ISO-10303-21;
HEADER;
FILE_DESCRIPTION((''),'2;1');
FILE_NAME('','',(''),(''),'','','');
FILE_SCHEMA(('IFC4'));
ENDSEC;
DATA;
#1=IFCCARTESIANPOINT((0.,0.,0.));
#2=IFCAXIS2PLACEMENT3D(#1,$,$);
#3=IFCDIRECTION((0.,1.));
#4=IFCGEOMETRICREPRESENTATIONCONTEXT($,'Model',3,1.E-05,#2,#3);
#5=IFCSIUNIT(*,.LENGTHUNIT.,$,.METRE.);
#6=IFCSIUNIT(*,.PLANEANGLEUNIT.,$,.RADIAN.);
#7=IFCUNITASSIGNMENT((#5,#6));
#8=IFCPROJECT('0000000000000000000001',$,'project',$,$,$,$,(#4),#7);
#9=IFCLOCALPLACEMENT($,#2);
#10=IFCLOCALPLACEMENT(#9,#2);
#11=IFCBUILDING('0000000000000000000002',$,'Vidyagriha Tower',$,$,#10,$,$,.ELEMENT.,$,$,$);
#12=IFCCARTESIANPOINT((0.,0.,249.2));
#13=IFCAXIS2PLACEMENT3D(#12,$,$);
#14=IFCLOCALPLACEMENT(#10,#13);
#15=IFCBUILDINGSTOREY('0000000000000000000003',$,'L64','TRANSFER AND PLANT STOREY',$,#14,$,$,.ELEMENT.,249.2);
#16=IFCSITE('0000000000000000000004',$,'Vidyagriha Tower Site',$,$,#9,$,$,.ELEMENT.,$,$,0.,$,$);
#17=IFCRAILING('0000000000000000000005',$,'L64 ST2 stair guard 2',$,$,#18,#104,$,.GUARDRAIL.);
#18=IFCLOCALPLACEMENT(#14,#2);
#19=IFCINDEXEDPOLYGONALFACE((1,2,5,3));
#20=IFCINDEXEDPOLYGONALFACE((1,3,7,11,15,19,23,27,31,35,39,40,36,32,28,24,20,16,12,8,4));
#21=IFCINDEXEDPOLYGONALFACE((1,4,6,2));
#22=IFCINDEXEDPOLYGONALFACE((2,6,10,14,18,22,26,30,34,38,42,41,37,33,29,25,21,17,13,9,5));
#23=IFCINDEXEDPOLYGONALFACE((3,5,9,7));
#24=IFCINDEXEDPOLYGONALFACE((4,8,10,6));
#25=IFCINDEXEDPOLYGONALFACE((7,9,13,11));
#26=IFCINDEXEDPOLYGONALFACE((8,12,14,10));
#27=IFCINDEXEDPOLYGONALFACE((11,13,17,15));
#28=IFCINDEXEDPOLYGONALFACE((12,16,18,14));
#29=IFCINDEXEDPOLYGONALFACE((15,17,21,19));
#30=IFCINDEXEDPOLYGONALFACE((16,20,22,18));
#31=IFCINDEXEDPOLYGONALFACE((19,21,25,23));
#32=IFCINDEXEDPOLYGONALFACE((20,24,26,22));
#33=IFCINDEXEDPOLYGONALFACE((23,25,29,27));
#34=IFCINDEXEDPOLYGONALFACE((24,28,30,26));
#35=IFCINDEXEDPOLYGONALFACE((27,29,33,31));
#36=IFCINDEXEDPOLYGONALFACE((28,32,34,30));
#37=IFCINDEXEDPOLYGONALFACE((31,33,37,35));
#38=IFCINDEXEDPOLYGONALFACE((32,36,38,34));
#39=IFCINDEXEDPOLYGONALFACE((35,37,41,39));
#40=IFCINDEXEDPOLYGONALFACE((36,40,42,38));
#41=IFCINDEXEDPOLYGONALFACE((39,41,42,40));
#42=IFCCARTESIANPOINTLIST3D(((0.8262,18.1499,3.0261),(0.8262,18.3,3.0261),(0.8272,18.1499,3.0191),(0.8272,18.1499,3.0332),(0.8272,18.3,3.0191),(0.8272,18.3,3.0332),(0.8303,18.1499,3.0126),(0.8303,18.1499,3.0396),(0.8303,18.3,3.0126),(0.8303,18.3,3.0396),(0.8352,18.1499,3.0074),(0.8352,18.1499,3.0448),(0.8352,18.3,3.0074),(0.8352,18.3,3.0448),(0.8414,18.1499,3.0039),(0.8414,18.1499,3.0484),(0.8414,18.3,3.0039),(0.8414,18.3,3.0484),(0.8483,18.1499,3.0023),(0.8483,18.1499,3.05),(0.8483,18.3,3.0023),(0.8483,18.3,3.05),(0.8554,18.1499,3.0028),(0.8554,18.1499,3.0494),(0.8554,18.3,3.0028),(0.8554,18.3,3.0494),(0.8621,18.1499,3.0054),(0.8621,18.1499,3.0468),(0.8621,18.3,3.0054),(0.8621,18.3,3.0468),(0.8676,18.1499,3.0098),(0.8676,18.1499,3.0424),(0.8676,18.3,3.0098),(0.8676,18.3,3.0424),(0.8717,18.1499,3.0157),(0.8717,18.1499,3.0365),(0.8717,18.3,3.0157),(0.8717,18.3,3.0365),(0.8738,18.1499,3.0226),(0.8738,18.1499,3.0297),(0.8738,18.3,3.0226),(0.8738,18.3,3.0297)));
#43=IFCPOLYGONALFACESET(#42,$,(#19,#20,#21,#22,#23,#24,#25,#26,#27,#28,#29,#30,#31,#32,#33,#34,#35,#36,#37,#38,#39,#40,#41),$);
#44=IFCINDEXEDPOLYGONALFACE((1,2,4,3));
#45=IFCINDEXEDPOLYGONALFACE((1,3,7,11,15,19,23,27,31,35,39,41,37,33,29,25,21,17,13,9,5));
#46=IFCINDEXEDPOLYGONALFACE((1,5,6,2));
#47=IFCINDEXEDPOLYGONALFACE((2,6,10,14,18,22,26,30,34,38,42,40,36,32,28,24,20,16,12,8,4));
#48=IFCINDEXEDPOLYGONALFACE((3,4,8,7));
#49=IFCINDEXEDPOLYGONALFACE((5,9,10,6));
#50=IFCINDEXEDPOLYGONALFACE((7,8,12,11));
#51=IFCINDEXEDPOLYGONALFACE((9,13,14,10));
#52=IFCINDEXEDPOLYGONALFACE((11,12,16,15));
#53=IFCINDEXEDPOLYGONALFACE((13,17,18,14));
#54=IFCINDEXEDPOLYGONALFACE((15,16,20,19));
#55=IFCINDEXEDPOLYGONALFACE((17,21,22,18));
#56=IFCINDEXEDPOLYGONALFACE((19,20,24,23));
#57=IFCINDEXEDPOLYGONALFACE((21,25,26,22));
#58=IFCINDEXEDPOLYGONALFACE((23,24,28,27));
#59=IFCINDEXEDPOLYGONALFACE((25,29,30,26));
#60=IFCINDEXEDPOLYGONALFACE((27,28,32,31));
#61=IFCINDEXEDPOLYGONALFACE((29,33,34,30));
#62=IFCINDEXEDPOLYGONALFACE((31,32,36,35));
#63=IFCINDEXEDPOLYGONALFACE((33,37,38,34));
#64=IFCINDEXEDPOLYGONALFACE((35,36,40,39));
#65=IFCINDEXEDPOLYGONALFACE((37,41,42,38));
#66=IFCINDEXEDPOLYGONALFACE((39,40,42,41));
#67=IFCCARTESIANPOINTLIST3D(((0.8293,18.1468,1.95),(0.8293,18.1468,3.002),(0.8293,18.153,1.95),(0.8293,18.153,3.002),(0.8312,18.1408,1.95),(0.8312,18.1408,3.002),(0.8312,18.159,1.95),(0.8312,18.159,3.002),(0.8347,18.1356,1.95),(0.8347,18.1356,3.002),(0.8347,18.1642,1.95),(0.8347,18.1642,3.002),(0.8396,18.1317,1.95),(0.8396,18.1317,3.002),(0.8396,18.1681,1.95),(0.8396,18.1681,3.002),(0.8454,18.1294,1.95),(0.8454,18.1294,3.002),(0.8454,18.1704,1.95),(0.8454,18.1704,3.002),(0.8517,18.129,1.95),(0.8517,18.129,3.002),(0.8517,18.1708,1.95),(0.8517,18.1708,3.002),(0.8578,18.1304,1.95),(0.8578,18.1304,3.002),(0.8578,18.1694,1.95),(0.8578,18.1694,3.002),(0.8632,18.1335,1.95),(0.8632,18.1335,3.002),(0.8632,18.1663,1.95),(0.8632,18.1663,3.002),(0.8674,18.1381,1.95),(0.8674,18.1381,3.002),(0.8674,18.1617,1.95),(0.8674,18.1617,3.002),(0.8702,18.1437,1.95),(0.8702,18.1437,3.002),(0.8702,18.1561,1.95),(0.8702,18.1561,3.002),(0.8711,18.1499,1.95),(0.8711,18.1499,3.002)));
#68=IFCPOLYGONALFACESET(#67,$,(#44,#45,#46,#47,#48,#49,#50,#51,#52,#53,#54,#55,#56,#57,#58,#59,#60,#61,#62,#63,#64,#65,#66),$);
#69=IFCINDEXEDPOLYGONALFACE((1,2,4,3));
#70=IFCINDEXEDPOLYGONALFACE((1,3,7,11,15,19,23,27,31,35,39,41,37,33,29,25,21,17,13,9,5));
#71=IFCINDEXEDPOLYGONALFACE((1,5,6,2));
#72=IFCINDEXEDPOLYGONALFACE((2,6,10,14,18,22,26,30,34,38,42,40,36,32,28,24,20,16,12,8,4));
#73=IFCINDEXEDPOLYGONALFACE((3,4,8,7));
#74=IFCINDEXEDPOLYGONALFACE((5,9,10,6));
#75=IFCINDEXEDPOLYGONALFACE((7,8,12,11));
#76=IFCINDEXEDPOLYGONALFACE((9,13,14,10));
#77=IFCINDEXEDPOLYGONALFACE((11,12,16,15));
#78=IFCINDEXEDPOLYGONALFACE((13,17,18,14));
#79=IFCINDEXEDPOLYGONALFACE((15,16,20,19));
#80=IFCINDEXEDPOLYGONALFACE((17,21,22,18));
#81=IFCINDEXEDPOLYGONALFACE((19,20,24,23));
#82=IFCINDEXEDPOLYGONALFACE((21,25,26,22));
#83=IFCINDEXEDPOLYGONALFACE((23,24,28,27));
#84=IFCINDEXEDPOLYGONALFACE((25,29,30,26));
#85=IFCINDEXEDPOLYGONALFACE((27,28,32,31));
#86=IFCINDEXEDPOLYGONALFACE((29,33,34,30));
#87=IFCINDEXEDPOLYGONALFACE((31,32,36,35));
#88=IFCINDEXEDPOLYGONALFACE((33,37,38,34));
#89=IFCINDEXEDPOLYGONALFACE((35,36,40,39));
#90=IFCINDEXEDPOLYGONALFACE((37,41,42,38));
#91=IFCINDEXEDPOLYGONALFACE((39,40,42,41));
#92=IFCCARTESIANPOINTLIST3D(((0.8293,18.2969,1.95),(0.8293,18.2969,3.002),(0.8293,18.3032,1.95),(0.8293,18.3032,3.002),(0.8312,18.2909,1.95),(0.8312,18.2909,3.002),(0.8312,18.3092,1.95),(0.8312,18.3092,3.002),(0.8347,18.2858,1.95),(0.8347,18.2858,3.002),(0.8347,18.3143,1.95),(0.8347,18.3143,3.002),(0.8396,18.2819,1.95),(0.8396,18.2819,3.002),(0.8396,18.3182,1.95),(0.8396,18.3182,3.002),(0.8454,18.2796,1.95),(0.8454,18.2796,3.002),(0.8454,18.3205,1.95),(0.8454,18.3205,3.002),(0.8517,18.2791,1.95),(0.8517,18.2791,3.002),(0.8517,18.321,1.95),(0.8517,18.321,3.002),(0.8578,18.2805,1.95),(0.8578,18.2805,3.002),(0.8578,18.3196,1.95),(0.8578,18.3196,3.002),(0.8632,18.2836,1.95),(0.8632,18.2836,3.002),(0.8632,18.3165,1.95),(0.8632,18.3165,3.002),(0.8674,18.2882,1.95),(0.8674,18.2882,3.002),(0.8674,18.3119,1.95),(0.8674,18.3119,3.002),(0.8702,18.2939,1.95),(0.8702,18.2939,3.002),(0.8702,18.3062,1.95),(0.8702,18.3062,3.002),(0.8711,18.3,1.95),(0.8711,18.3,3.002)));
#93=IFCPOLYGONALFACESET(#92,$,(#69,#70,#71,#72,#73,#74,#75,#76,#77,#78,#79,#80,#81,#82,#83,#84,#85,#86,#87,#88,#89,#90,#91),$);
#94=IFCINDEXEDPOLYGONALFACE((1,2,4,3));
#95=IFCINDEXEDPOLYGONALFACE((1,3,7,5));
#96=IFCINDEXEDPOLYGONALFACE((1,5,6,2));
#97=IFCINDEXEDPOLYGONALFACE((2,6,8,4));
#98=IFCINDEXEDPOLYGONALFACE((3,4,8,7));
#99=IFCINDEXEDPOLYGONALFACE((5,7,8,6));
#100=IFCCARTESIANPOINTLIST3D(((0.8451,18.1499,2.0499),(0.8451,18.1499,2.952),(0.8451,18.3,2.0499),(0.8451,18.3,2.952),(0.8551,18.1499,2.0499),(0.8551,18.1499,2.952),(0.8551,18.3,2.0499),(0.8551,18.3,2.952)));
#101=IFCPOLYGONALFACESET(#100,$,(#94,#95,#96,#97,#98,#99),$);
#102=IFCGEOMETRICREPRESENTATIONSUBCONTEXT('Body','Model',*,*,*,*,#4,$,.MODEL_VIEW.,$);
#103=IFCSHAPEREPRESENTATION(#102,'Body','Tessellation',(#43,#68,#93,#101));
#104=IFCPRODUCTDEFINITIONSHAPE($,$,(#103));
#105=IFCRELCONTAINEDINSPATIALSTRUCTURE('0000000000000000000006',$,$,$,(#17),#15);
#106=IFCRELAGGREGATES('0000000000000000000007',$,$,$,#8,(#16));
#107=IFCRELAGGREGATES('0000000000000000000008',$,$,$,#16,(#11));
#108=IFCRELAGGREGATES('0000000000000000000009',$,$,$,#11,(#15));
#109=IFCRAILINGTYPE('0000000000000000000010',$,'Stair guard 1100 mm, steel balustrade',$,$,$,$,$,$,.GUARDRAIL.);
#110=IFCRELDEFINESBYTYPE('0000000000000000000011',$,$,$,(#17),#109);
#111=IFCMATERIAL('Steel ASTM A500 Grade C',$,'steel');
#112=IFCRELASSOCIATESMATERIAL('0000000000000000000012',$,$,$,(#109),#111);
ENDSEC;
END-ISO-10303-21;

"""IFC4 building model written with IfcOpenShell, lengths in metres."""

from ifc_helpers import new_model, si_unit, direction, frame, origin, origin_2d, place, context, subcontext, project, spatial, rectangle, circle, extrude, material, type_object, element, save


model = new_model("IFC4")

# Units and contexts
model_context = context("Model", 3, precision=1e-05, world=origin(), true_north=direction((0.0, 1.0)))
body_context = subcontext(model_context, "Body", "Model", "MODEL_VIEW")
ifc_project = project(units=[si_unit("LENGTHUNIT", "METRE"), si_unit("PLANEANGLEUNIT", "RADIAN")], contexts=[model_context])

# Site, building, storey
site_placement = place(None, origin())
site = spatial("IfcSite", under=ifc_project, at=site_placement, Name="Vidyagriha Tower Site", CompositionType="ELEMENT", RefElevation=0.0)
building_placement = place(site_placement, origin())
building = spatial("IfcBuilding", under=site, at=building_placement, Name="Vidyagriha Tower", CompositionType="ELEMENT")
storey_placement = place(building_placement, frame((0.0, 0.0, 249.2)))
storey = spatial("IfcBuildingStorey", under=building, at=storey_placement, Name="L64", Description="TRANSFER AND PLANT STOREY", CompositionType="ELEMENT", Elevation=249.2)

# Railing
ifc_material_1 = material(Name="Steel ASTM A500 Grade C", Category="steel")
railing_type_1 = type_object("IfcRailingType", Name="Stair guard 1100 mm, steel balustrade", PredefinedType="GUARDRAIL", material=ifc_material_1)
railing_1_placement = place(storey_placement, frame((0.8501, 18.1499, 1.95)))
element("IfcRailing", 1, at=railing_1_placement, inside=storey, type_object=railing_type_1, Name="L64 ST2 stair guard 2", PredefinedType="GUARDRAIL", context=body_context, shape_type="SweptSolid", body=[
    extrude(circle(Radius=0.0239, at=origin_2d()), frame((0.0, 0.0, 1.0762), z_axis=(0.0, 1.0, 0.0), x_axis=(-1.0, 0.0, 0.0)), (0.0, 0.0, 1.0), 0.1501),
    extrude(circle(Radius=0.021, at=origin_2d()), origin(), (0.0, 0.0, 1.0), 1.052),
    extrude(circle(Radius=0.021, at=origin_2d()), frame((0.0, 0.1501, 0.0)), (0.0, 0.0, 1.0), 1.052),
    extrude(rectangle(XDim=0.01, YDim=0.9021, at=origin_2d()), frame((0.0, 0.0, 0.551), z_axis=(0.0, 1.0, 0.0), x_axis=(-1.0, 0.0, 0.0)), (0.0, 0.0, 1.0), 0.1501),
])

save(model, "model.ifc")
